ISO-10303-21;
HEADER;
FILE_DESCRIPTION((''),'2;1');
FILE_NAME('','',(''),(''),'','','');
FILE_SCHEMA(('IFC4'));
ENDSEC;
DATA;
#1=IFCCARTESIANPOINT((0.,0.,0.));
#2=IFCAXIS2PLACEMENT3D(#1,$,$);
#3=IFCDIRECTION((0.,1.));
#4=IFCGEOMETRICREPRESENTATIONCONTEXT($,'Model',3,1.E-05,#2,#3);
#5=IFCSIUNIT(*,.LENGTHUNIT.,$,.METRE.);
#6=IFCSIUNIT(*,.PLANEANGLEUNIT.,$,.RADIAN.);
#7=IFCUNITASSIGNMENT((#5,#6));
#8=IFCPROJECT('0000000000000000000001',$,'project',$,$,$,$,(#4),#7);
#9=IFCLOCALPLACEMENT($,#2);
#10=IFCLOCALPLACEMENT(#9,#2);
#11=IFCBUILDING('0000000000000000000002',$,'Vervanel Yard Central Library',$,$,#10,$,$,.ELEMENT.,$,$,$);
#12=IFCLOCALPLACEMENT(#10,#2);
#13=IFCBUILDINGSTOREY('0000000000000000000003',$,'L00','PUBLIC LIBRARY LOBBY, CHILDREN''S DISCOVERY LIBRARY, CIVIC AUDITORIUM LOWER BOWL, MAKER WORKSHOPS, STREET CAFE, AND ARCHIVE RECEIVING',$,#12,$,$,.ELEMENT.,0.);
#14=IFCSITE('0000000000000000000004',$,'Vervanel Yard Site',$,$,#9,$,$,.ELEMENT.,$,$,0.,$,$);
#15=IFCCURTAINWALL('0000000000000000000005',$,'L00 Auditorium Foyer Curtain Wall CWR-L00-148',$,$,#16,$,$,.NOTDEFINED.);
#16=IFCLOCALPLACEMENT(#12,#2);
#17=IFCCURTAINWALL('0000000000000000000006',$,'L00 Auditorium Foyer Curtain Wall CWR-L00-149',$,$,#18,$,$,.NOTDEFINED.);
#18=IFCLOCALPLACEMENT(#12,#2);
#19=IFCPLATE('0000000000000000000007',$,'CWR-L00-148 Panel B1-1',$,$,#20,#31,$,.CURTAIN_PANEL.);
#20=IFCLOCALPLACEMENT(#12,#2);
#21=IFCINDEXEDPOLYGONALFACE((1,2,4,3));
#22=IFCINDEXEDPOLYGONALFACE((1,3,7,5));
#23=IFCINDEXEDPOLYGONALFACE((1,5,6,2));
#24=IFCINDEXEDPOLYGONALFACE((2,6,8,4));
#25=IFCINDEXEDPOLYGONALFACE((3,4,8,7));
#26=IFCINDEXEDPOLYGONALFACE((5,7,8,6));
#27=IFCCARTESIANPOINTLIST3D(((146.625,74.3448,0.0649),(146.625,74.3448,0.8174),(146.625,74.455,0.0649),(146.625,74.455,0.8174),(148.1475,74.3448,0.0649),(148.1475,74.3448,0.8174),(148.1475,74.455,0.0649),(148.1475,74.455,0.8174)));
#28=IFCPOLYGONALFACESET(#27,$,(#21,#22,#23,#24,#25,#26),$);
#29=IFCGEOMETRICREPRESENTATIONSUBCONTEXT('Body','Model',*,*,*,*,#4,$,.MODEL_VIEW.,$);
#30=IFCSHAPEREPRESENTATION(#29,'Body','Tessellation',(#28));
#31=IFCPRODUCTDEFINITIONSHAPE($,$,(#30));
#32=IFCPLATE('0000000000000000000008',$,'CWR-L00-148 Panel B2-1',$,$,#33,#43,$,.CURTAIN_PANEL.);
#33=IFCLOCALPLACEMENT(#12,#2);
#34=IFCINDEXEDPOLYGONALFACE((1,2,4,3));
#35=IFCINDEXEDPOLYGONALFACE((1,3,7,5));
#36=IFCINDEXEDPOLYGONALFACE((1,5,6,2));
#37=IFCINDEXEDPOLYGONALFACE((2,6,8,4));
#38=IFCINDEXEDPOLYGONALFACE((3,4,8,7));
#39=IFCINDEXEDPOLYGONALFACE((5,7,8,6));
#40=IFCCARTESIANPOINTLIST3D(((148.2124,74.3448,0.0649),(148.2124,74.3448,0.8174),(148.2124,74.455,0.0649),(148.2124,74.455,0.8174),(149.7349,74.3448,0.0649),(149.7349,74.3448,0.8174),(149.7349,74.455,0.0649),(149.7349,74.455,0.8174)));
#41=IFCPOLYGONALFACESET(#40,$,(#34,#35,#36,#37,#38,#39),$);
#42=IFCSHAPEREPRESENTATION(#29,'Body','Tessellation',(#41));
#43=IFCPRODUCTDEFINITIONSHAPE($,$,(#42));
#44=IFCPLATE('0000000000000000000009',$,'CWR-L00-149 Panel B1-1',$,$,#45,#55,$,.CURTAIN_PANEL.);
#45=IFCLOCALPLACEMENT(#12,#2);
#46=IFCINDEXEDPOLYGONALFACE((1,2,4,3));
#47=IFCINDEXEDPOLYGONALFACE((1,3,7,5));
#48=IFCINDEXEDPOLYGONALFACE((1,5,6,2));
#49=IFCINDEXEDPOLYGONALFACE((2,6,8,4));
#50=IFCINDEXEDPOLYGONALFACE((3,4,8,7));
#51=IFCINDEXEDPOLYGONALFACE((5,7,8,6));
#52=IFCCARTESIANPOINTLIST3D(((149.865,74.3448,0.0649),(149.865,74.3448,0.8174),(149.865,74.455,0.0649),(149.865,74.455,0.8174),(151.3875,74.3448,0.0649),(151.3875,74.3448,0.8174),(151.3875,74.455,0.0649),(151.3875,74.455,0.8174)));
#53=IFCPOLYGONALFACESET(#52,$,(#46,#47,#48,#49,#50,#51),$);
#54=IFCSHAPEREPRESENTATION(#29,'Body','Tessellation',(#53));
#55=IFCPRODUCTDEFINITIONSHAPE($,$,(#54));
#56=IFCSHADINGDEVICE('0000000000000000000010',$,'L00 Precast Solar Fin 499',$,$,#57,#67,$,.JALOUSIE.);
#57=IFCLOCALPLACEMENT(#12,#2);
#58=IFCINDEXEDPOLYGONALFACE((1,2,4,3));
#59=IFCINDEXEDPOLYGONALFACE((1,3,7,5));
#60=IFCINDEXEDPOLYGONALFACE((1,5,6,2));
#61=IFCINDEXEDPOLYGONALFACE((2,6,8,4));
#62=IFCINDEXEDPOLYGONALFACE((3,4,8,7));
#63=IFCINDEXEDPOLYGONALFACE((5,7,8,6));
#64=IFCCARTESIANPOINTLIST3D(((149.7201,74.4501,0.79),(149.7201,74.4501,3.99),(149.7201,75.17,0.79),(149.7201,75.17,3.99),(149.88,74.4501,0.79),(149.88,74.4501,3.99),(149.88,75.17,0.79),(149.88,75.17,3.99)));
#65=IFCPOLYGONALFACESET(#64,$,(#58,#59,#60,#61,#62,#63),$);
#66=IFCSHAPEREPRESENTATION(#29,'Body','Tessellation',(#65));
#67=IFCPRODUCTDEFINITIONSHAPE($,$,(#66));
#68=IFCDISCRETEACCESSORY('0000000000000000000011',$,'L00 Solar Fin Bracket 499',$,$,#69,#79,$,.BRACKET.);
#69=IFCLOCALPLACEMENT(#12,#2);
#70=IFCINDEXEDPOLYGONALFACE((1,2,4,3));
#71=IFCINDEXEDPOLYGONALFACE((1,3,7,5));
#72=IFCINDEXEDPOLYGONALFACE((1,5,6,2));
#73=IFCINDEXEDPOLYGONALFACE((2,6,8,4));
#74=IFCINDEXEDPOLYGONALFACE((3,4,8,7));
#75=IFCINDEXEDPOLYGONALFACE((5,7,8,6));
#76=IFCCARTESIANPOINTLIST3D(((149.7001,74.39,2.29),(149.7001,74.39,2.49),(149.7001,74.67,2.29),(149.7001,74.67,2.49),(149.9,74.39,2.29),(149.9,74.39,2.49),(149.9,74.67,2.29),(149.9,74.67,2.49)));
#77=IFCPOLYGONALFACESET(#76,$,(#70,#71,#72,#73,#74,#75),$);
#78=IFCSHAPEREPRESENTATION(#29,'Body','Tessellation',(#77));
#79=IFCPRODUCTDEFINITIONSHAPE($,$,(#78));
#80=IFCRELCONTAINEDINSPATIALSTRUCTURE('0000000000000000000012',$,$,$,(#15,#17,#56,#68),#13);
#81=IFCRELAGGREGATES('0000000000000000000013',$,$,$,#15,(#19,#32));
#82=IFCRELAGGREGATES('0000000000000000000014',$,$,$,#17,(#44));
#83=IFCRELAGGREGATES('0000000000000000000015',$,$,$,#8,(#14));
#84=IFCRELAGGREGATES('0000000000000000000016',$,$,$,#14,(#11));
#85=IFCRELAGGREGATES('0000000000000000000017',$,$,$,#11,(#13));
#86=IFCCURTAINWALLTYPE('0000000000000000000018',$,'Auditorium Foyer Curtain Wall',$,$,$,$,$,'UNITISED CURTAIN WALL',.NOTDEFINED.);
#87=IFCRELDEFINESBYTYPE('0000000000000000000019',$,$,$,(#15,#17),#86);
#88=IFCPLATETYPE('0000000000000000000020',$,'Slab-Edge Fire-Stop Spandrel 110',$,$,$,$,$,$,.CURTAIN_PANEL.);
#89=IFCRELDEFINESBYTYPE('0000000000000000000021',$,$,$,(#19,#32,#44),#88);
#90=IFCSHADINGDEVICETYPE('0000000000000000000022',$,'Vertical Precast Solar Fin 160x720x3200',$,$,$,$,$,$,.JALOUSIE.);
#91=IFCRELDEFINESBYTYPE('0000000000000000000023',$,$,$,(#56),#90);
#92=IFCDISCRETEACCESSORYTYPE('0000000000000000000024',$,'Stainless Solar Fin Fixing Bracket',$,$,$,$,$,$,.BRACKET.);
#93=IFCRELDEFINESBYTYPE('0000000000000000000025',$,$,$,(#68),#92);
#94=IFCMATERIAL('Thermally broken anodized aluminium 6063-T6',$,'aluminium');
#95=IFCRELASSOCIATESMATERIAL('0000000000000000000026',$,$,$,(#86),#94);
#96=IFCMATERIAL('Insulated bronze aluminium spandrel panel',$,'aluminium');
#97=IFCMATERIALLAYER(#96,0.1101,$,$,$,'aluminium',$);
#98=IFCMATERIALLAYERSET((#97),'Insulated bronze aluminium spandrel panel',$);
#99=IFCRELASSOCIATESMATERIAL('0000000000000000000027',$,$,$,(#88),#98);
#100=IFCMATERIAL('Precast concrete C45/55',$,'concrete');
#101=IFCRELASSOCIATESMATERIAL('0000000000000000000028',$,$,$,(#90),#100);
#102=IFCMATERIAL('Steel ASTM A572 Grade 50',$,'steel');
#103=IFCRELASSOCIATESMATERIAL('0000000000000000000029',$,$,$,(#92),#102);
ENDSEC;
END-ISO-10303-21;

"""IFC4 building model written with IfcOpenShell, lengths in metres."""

from ifc_helpers import new_model, si_unit, direction, frame, origin, origin_2d, place, context, subcontext, project, spatial, rectangle, extrude, material, layer, layer_set, type_object, element, aggregate, save


model = new_model("IFC4")

# Units and contexts
model_context = context("Model", 3, precision=1e-05, world=origin(), true_north=direction((0.0, 1.0)))
body_context = subcontext(model_context, "Body", "Model", "MODEL_VIEW")
ifc_project = project(units=[si_unit("LENGTHUNIT", "METRE"), si_unit("PLANEANGLEUNIT", "RADIAN")], contexts=[model_context])

# Site, building, storey
site_placement = place(None, origin())
site = spatial("IfcSite", under=ifc_project, at=site_placement, Name="Vervanel Yard Site", CompositionType="ELEMENT", RefElevation=0.0)
building_placement = place(site_placement, origin())
building = spatial("IfcBuilding", under=site, at=building_placement, Name="Vervanel Yard Central Library", CompositionType="ELEMENT")
storey_placement = place(building_placement, origin())
storey = spatial("IfcBuildingStorey", under=building, at=storey_placement, Name="L00", Description="PUBLIC LIBRARY LOBBY, CHILDREN'S DISCOVERY LIBRARY, CIVIC AUDITORIUM LOWER BOWL, MAKER WORKSHOPS, STREET CAFE, AND ARCHIVE RECEIVING", CompositionType="ELEMENT", Elevation=0.0)

# Curtain wall
ifc_material_1 = material(Name="Thermally broken anodized aluminium 6063-T6", Category="aluminium")
curtain_wall_type = type_object("IfcCurtainWallType", Name="Auditorium Foyer Curtain Wall", ElementType="UNITISED CURTAIN WALL", PredefinedType="NOTDEFINED", material=ifc_material_1)
curtain_wall_1_placement = place(storey_placement, origin())
curtain_wall_1 = element("IfcCurtainWall", 1, at=curtain_wall_1_placement, inside=storey, type_object=curtain_wall_type, Name="L00 Auditorium Foyer Curtain Wall CWR-L00-148", PredefinedType="NOTDEFINED")

# Curtain wall
curtain_wall_2_placement = place(storey_placement, origin())
curtain_wall_2 = element("IfcCurtainWall", 2, at=curtain_wall_2_placement, inside=storey, type_object=curtain_wall_type, Name="L00 Auditorium Foyer Curtain Wall CWR-L00-149", PredefinedType="NOTDEFINED")

# Plates
ifc_material_2 = material(Name="Insulated bronze aluminium spandrel panel", Category="aluminium")
ifc_layer_1 = layer(ifc_material_2, 0.1101, Category="aluminium")
ifc_layer_set_1 = layer_set([ifc_layer_1], Name="Insulated bronze aluminium spandrel panel")
plate_type_1 = type_object("IfcPlateType", Name="Slab-Edge Fire-Stop Spandrel 110", PredefinedType="CURTAIN_PANEL", material=ifc_layer_set_1)
plate_1_placement = place(storey_placement, frame((147.3862, 74.3999, 0.0649), z_axis=(0.0, 0.0, 1.0), x_axis=(1.0, 0.0, 0.0)))
plate_1 = element("IfcPlate", 3, at=plate_1_placement, type_object=plate_type_1, Name="CWR-L00-148 Panel B1-1", PredefinedType="CURTAIN_PANEL", context=body_context, shape_type="SweptSolid", body=[
    extrude(rectangle(XDim=1.5225, YDim=0.1101, at=origin_2d()), origin(), (0.0, 0.0, 1.0), 0.7524),
])
plate_2_placement = place(storey_placement, frame((148.9736, 74.3999, 0.0649), z_axis=(0.0, 0.0, 1.0), x_axis=(1.0, 0.0, 0.0)))
plate_2 = element("IfcPlate", 4, at=plate_2_placement, type_object=plate_type_1, Name="CWR-L00-148 Panel B2-1", PredefinedType="CURTAIN_PANEL", context=body_context, shape_type="SweptSolid", body=[
    extrude(rectangle(XDim=1.5225, YDim=0.1101, at=origin_2d()), origin(), (0.0, 0.0, 1.0), 0.7524),
])
aggregate(curtain_wall_1, [plate_1, plate_2])
plate_3_placement = place(storey_placement, frame((150.6262, 74.3999, 0.0649), z_axis=(0.0, 0.0, 1.0), x_axis=(1.0, 0.0, 0.0)))
plate_3 = element("IfcPlate", 5, at=plate_3_placement, type_object=plate_type_1, Name="CWR-L00-149 Panel B1-1", PredefinedType="CURTAIN_PANEL", context=body_context, shape_type="SweptSolid", body=[
    extrude(rectangle(XDim=1.5225, YDim=0.1101, at=origin_2d()), origin(), (0.0, 0.0, 1.0), 0.7524),
])
aggregate(curtain_wall_2, [plate_3])

# Shading device
ifc_material_3 = material(Name="Precast concrete C45/55", Category="concrete")
shading_device_type = type_object("IfcShadingDeviceType", Name="Vertical Precast Solar Fin 160x720x3200", PredefinedType="JALOUSIE", material=ifc_material_3)
shading_device_placement = place(storey_placement, frame((149.8, 74.8101, 0.79), z_axis=(0.0, 0.0, 1.0), x_axis=(1.0, 0.0, 0.0)))
element("IfcShadingDevice", 6, at=shading_device_placement, inside=storey, type_object=shading_device_type, Name="L00 Precast Solar Fin 499", PredefinedType="JALOUSIE", context=body_context, shape_type="SweptSolid", body=[
    extrude(rectangle(XDim=0.1599, YDim=0.72, at=origin_2d()), origin(), (0.0, 0.0, 1.0), 3.2),
])

# Discrete accessory
ifc_material_4 = material(Name="Steel ASTM A572 Grade 50", Category="steel")
discrete_accessory_type = type_object("IfcDiscreteAccessoryType", Name="Stainless Solar Fin Fixing Bracket", PredefinedType="BRACKET", material=ifc_material_4)
discrete_accessory_placement = place(storey_placement, frame((149.8, 74.53, 2.29), z_axis=(0.0, 0.0, 1.0), x_axis=(1.0, 0.0, 0.0)))
element("IfcDiscreteAccessory", 7, at=discrete_accessory_placement, inside=storey, type_object=discrete_accessory_type, Name="L00 Solar Fin Bracket 499", PredefinedType="BRACKET", context=body_context, shape_type="SweptSolid", body=[
    extrude(rectangle(XDim=0.2, YDim=0.28, at=origin_2d()), origin(), (0.0, 0.0, 1.0), 0.2),
])

save(model, "model.ifc")
